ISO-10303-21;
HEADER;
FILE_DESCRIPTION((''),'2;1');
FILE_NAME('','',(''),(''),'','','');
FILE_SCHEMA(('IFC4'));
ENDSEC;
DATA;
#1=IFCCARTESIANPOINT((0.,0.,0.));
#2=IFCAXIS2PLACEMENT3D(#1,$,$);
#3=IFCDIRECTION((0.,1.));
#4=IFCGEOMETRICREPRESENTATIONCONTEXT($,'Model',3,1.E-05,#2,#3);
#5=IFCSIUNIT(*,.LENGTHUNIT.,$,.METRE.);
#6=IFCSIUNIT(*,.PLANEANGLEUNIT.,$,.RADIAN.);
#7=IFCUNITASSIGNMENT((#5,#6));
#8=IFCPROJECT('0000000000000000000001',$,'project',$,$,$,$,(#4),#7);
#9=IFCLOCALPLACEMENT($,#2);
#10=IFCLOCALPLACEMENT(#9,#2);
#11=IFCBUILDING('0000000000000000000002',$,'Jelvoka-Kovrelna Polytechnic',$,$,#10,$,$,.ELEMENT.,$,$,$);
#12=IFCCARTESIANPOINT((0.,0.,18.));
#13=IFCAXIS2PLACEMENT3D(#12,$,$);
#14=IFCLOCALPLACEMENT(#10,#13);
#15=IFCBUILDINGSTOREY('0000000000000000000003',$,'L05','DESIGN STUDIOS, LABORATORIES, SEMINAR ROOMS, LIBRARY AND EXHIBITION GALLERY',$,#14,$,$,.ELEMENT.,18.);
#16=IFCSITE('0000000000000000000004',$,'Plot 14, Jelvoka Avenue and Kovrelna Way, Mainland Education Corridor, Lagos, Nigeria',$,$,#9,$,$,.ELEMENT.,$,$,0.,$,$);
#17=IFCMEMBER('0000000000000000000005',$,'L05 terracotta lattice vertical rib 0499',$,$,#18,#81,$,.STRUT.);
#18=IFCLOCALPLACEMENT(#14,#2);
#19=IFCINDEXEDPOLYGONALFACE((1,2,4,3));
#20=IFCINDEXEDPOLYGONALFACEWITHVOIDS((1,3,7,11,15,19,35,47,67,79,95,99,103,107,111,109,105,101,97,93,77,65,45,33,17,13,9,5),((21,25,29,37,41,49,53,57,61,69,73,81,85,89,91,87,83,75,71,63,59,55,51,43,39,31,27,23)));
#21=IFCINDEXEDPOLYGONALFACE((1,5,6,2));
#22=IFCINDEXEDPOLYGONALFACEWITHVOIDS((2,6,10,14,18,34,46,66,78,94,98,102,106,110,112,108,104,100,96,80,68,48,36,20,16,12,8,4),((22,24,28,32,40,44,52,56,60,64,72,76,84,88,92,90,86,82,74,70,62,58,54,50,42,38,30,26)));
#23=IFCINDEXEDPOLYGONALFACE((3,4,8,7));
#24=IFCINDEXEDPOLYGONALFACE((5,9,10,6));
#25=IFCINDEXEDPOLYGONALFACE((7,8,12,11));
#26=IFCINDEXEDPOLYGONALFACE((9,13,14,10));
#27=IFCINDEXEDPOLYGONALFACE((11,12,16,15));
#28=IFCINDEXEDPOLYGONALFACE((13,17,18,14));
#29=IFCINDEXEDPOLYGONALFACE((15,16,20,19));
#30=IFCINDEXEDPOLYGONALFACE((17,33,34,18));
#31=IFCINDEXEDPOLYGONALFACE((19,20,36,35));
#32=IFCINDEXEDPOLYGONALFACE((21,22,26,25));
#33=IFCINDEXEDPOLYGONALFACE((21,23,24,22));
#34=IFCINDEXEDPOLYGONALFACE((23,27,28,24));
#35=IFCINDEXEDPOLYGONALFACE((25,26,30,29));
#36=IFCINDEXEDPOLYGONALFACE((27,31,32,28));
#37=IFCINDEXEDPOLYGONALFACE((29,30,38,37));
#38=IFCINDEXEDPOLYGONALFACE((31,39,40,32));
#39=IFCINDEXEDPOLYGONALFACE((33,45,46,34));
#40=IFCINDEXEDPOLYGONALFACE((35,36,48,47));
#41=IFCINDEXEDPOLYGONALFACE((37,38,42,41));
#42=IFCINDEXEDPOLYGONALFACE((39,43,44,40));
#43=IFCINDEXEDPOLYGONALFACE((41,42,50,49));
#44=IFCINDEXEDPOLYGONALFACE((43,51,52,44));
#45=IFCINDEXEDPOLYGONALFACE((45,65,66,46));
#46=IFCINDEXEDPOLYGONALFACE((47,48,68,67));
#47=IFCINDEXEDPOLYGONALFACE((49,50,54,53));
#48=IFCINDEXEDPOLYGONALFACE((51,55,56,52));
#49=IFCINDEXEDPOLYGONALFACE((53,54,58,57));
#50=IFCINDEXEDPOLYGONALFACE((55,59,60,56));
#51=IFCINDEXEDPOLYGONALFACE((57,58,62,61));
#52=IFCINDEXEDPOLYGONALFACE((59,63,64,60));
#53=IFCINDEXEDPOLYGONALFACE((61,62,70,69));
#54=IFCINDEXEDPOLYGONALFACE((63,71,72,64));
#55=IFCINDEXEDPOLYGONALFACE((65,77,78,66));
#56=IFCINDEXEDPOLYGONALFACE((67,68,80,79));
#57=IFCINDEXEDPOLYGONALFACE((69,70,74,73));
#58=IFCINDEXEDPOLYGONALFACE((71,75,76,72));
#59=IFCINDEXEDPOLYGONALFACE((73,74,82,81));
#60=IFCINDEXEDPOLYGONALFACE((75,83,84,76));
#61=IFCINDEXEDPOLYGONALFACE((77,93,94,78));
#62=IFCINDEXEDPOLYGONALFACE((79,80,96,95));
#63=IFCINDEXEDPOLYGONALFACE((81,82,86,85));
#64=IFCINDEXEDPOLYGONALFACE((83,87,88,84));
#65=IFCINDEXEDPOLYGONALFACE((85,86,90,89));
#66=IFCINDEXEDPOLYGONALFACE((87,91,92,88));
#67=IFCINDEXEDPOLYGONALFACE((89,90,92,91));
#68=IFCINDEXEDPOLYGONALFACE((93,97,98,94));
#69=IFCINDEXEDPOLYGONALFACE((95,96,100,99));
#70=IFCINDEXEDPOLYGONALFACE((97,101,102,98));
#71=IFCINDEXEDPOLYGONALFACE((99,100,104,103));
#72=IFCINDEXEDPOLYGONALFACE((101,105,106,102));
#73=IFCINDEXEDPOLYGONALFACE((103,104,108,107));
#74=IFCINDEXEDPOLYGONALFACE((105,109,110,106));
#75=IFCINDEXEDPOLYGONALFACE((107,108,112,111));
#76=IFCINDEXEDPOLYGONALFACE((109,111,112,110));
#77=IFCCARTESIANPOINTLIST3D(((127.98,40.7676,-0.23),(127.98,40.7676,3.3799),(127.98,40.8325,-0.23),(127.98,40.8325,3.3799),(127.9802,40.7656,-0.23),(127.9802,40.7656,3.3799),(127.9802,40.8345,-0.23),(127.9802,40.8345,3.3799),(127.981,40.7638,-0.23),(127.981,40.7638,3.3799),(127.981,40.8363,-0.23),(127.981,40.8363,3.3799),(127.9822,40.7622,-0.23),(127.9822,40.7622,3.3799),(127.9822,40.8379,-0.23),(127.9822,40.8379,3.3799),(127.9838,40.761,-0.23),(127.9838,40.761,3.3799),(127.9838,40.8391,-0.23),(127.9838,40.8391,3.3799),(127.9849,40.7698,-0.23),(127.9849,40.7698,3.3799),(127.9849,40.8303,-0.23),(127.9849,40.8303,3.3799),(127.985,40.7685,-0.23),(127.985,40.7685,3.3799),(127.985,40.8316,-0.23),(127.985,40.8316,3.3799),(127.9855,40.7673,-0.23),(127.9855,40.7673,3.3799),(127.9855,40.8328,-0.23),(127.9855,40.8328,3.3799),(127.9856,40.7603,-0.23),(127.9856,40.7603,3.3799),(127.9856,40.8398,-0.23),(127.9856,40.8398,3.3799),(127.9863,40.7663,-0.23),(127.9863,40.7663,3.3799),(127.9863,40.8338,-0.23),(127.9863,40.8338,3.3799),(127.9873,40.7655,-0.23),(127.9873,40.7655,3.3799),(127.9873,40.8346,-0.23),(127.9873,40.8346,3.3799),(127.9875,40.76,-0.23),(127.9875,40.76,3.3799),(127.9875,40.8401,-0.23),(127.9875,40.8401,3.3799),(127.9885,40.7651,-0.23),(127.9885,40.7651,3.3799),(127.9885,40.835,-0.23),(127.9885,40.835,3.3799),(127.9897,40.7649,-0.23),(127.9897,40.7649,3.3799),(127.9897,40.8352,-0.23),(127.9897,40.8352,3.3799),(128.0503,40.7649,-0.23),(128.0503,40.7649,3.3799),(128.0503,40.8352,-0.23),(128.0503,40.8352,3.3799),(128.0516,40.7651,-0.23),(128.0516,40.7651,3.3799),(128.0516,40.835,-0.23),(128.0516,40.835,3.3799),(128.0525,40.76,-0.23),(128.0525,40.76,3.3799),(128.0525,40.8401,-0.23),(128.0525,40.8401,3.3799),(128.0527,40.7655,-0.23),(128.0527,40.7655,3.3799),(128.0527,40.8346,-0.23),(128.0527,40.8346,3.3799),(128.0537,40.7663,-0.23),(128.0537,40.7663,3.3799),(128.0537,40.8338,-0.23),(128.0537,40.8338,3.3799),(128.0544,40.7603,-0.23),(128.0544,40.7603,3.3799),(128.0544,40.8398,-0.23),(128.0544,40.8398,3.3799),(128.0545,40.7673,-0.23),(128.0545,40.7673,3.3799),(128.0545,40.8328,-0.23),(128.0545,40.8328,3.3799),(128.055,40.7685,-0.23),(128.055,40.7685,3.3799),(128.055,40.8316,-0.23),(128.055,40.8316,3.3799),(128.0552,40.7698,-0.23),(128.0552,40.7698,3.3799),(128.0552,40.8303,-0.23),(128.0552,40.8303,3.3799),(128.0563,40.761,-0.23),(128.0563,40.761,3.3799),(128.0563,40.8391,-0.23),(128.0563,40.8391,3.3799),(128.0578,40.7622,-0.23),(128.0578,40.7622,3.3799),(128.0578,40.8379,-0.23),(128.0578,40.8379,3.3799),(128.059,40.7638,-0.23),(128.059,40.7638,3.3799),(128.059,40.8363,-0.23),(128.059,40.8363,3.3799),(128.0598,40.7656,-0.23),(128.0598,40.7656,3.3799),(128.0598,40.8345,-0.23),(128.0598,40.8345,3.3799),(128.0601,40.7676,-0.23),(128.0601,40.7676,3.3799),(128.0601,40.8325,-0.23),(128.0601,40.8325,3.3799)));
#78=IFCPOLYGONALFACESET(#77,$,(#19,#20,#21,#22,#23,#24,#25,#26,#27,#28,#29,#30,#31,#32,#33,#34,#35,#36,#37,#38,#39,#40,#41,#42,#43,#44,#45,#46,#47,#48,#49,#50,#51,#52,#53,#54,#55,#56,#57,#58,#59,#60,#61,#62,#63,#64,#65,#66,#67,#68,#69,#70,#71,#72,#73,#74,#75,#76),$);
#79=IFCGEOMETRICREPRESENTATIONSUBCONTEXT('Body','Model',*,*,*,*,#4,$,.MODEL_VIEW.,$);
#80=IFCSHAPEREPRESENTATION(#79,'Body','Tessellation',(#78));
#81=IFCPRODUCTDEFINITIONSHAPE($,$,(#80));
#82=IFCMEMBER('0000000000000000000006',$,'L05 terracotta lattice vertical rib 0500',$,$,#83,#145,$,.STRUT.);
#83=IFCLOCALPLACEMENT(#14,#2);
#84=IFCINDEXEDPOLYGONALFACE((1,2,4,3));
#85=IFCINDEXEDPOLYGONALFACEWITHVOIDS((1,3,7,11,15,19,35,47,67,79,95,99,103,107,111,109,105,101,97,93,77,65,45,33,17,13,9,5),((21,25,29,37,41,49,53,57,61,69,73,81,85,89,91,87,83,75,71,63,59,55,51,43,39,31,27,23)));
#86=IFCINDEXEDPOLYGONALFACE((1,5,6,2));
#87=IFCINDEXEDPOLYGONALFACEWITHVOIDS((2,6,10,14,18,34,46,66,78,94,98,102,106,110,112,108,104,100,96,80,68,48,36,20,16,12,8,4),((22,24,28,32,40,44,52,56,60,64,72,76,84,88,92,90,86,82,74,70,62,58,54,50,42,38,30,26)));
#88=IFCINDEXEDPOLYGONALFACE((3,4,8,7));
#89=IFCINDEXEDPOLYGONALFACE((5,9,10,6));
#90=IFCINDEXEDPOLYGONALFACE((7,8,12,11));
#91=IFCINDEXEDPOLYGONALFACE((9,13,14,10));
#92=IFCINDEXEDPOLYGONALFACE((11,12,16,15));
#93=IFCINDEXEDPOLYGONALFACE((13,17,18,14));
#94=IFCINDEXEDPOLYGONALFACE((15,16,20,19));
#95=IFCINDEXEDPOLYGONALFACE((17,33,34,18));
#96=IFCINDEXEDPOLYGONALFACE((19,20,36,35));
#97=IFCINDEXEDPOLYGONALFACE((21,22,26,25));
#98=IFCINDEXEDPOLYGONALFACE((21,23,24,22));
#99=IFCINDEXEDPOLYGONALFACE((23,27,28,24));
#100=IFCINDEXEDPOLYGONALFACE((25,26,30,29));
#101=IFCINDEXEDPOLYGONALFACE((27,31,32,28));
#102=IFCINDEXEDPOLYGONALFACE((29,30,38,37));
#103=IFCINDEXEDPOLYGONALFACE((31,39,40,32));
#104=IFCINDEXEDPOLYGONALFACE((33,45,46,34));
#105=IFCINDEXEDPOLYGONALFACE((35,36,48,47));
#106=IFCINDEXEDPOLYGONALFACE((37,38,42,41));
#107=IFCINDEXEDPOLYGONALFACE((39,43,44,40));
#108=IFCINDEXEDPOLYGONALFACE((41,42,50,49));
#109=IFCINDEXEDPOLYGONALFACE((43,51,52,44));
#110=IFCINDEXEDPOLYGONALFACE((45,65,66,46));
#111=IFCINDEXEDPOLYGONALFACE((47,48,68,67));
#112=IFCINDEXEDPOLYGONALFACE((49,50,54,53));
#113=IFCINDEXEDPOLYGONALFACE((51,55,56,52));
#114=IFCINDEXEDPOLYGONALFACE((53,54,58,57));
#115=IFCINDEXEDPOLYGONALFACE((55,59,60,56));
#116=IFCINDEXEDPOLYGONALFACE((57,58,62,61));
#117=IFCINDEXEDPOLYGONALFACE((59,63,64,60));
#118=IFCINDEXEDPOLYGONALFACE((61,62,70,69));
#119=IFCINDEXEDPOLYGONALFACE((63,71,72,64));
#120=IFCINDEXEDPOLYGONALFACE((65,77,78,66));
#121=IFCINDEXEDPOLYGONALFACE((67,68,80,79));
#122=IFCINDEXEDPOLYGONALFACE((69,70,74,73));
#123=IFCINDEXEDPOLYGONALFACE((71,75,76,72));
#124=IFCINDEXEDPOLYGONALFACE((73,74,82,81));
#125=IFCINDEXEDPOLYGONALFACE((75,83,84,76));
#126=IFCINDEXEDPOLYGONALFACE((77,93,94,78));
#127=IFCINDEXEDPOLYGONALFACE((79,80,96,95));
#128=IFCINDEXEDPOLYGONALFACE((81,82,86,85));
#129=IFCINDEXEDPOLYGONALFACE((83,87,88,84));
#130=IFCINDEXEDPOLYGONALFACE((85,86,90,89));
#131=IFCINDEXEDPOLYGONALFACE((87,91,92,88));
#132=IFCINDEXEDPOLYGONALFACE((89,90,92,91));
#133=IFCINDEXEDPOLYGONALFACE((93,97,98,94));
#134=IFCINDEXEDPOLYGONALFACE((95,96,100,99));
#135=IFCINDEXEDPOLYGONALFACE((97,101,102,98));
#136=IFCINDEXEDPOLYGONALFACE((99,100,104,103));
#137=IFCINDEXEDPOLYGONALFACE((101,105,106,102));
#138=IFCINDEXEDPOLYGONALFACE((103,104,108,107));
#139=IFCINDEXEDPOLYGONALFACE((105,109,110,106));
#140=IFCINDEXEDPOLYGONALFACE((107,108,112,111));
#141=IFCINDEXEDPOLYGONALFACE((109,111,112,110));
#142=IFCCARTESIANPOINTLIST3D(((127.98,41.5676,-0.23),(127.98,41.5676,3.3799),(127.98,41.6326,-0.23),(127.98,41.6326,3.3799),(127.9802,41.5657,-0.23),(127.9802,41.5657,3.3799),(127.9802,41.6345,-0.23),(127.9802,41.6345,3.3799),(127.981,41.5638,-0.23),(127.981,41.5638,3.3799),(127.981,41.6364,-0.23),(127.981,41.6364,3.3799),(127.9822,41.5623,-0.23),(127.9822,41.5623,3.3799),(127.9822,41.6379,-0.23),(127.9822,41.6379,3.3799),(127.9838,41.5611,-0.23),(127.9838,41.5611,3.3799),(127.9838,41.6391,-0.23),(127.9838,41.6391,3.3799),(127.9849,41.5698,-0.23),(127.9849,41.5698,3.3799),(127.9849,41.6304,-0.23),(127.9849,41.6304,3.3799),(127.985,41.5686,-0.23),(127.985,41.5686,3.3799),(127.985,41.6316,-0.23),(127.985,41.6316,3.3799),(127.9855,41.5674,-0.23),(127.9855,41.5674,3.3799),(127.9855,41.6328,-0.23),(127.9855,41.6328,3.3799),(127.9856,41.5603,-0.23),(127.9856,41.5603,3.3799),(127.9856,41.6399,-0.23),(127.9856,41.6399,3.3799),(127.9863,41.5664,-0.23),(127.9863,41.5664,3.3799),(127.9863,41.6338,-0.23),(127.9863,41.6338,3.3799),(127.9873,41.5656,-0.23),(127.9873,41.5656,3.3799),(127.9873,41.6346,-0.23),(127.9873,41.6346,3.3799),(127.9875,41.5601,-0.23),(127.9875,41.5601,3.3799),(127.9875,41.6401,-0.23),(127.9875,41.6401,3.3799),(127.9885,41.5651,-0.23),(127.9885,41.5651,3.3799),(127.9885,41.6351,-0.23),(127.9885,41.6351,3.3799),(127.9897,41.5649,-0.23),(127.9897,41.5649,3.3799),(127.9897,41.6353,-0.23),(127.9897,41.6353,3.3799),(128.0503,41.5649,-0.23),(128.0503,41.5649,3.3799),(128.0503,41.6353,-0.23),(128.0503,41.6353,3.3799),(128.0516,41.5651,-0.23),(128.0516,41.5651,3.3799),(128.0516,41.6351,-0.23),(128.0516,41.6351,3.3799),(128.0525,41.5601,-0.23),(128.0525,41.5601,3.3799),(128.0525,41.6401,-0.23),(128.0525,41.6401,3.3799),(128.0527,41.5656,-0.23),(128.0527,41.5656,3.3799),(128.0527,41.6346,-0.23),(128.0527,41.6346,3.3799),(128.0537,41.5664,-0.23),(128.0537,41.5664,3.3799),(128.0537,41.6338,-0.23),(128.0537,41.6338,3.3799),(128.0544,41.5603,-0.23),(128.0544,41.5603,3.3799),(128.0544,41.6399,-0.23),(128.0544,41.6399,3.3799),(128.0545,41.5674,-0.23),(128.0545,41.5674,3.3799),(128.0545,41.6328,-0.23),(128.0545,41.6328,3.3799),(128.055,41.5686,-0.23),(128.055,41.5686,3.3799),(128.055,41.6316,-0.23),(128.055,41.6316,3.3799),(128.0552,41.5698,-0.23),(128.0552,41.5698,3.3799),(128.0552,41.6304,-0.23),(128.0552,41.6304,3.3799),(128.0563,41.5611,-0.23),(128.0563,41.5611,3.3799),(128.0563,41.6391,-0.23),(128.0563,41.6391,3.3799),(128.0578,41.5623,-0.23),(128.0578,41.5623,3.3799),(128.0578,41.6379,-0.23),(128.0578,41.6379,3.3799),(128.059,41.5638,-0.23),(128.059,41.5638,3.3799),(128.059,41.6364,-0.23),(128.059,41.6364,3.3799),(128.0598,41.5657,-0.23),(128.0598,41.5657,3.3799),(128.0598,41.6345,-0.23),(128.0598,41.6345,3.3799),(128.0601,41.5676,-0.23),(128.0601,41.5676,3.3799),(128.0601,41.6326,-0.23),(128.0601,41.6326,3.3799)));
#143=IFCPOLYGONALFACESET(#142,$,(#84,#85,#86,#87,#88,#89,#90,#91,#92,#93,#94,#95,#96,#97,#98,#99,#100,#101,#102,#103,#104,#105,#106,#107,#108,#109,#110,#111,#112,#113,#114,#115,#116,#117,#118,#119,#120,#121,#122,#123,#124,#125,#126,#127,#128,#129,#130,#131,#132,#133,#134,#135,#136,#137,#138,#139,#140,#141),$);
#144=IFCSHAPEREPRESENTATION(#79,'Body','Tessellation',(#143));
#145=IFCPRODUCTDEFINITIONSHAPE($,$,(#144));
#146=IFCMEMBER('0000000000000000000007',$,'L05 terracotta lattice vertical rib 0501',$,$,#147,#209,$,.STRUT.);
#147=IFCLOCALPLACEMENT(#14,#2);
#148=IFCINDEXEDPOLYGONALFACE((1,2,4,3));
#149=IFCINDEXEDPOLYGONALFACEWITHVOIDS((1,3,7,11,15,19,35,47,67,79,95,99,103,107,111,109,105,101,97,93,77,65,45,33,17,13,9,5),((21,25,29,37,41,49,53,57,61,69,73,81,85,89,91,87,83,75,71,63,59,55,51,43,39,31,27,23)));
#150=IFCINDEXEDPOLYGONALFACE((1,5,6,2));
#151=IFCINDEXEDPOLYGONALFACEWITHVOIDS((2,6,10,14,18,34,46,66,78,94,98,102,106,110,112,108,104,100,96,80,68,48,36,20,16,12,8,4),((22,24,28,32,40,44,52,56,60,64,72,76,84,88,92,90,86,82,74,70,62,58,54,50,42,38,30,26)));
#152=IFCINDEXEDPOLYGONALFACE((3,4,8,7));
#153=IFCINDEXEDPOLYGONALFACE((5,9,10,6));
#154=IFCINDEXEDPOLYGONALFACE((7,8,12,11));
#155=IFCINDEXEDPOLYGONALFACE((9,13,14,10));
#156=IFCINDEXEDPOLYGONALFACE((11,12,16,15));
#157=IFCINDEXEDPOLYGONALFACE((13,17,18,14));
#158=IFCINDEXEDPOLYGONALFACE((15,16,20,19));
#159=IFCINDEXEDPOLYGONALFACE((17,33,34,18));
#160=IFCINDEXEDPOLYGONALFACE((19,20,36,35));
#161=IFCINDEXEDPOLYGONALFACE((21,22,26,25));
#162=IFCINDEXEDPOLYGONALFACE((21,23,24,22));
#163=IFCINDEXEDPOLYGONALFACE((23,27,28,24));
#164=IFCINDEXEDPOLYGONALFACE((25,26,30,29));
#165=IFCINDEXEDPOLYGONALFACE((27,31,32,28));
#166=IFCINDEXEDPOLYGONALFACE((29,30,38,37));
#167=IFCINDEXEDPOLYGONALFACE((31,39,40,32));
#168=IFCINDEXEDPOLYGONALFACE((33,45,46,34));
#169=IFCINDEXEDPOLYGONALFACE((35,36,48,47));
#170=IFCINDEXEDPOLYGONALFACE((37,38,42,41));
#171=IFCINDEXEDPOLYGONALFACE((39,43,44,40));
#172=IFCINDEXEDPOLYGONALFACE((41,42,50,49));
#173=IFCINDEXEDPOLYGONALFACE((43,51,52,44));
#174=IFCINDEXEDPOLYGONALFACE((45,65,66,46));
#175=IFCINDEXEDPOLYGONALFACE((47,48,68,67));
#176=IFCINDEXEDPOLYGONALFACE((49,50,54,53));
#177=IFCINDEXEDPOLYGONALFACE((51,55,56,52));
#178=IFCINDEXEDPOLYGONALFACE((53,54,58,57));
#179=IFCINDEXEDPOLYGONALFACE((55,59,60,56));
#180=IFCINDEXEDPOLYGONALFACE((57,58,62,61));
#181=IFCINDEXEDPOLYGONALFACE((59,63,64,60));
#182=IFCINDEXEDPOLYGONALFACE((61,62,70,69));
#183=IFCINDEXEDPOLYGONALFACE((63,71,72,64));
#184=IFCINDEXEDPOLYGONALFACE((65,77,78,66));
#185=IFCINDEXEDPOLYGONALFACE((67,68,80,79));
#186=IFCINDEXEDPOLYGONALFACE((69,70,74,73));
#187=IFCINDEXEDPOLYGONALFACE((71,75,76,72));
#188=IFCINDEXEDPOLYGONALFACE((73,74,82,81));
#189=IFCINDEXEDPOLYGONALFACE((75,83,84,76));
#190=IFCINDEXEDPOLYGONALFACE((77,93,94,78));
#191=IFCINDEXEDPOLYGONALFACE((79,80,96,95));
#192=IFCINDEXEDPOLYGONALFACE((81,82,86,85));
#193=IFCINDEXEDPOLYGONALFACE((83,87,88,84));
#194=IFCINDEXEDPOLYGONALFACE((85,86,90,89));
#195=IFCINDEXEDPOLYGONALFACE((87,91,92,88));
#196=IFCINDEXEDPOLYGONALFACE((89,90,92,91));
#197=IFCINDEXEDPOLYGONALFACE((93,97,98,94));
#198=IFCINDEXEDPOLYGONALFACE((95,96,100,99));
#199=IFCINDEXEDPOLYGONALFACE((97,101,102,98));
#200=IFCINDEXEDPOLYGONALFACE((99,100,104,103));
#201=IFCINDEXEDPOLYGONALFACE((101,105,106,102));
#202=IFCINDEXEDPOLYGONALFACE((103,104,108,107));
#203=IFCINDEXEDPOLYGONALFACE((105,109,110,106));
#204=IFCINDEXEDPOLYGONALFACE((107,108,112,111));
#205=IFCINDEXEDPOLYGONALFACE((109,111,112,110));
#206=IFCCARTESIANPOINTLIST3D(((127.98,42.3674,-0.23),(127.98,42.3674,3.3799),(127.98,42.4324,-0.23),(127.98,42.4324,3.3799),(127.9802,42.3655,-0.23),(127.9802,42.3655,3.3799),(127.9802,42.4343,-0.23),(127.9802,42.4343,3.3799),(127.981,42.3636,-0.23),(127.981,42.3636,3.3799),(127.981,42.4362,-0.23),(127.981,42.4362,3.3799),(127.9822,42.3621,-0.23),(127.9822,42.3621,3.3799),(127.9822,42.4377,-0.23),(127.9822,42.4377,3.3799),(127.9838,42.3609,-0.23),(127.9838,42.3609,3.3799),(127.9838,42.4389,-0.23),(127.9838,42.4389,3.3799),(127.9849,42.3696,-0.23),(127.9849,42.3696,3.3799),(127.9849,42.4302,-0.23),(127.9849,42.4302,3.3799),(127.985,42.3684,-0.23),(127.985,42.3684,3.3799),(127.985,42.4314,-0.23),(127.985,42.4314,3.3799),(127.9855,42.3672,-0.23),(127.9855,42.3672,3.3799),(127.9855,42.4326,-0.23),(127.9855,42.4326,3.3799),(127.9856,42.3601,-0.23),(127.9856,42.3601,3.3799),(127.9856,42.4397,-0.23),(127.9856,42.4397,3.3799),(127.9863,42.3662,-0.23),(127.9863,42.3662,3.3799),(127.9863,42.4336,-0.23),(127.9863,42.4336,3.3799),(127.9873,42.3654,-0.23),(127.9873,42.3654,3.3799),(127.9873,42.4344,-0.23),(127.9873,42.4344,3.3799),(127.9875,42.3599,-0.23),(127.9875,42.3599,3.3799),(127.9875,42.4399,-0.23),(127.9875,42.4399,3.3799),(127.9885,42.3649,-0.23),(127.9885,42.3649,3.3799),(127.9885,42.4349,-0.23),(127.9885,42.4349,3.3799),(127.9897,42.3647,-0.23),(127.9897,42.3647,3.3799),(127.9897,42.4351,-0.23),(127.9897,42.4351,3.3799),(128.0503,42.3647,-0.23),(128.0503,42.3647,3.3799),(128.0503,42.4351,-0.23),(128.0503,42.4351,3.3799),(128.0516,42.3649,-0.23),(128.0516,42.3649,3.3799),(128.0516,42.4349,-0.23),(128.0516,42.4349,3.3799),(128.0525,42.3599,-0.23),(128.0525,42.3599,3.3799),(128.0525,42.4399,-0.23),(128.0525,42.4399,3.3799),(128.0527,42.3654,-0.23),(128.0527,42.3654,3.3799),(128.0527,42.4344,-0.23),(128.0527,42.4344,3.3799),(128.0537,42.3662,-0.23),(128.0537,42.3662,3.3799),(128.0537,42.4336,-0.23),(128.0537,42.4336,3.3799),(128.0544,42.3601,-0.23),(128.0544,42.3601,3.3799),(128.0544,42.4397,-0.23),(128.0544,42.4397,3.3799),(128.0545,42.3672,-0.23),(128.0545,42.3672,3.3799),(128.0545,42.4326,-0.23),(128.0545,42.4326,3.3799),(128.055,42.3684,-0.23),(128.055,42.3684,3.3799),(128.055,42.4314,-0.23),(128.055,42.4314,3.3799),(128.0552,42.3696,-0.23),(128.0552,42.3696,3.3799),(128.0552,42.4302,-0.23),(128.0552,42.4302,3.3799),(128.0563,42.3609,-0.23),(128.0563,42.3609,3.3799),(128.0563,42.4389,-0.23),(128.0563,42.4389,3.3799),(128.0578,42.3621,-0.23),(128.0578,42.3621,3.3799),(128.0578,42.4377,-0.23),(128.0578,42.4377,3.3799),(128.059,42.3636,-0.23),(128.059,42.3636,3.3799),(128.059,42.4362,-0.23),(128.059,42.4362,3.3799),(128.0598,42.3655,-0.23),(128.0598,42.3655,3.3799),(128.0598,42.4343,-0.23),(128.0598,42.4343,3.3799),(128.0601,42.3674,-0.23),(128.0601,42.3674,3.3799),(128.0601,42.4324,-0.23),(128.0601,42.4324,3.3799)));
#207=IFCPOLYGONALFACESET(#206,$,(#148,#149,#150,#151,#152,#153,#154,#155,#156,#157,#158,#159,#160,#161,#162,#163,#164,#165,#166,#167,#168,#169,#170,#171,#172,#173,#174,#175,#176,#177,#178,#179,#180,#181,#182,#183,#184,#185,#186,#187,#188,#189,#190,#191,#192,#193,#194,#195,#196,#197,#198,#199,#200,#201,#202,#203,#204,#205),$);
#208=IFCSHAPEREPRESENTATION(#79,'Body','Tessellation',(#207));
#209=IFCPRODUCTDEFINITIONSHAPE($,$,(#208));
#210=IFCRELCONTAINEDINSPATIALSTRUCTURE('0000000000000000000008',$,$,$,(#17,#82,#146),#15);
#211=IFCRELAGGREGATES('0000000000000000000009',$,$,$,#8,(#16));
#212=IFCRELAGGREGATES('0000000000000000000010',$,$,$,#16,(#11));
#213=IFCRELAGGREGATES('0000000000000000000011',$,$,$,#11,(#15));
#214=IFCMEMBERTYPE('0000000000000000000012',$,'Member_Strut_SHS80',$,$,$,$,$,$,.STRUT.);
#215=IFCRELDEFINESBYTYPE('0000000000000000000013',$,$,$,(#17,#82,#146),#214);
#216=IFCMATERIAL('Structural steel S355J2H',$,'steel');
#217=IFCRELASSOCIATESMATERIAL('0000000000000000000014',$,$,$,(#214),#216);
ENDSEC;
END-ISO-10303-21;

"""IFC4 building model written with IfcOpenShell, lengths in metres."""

from ifc_helpers import new_model, si_unit, direction, frame, origin, origin_2d, place, context, subcontext, project, spatial, hollow_rectangle, extrude, material, material_profile, profile_set, type_object, element, save


model = new_model("IFC4")

# Units and contexts
model_context = context("Model", 3, precision=1e-05, world=origin(), true_north=direction((0.0, 1.0)))
body_context = subcontext(model_context, "Body", "Model", "MODEL_VIEW")
ifc_project = project(units=[si_unit("LENGTHUNIT", "METRE"), si_unit("PLANEANGLEUNIT", "RADIAN")], contexts=[model_context])

# Site, building, storey
site_placement = place(None, origin())
site = spatial("IfcSite", under=ifc_project, at=site_placement, Name="Plot 14, Jelvoka Avenue and Kovrelna Way, Mainland Education Corridor, Lagos, Nigeria", CompositionType="ELEMENT", RefElevation=0.0)
building_placement = place(site_placement, origin())
building = spatial("IfcBuilding", under=site, at=building_placement, Name="Jelvoka-Kovrelna Polytechnic", CompositionType="ELEMENT")
storey_placement = place(building_placement, frame((0.0, 0.0, 18.0)))
storey = spatial("IfcBuildingStorey", under=building, at=storey_placement, Name="L05", Description="DESIGN STUDIOS, LABORATORIES, SEMINAR ROOMS, LIBRARY AND EXHIBITION GALLERY", CompositionType="ELEMENT", Elevation=18.0)

# Members
ifc_material_1 = material(Name="Structural steel S355J2H", Category="steel")
ifc_material_profile_1 = material_profile(ifc_material_1, hollow_rectangle(XDim=0.0801, YDim=0.0801, WallThickness=0.0049, InnerFilletRadius=0.0049, OuterFilletRadius=0.0076, at=origin_2d()), Name="80x80x5.0 SHS")
ifc_profile_set_1 = profile_set([ifc_material_profile_1], Name="Structural steel S355J2H")
member_type_1 = type_object("IfcMemberType", Name="Member_Strut_SHS80", PredefinedType="STRUT", material=ifc_profile_set_1)
for number, where, z_axis, x_axis, name in (
    (1, (128.02, 40.8, -0.23), (0.0, 0.0, 1.0), (1.0, 0.0, 0.0), "L05 terracotta lattice vertical rib 0499"),
    (2, (128.02, 41.6001, -0.23), (0.0, 0.0, 1.0), (1.0, 0.0, 0.0), "L05 terracotta lattice vertical rib 0500"),
    (3, (128.02, 42.3999, -0.23), (0.0, 0.0, 1.0), (1.0, 0.0, 0.0), "L05 terracotta lattice vertical rib 0501"),
):
    element("IfcMember", number, at=place(storey_placement, frame(where, z_axis=z_axis, x_axis=x_axis)), inside=storey, type_object=member_type_1, Name=name, PredefinedType="STRUT", context=body_context, shape_type="SweptSolid", body=[
        extrude(hollow_rectangle(XDim=0.0801, YDim=0.0801, WallThickness=0.0049, InnerFilletRadius=0.0049, OuterFilletRadius=0.0076, at=origin_2d()), origin(), (0.0, 0.0, 1.0), 3.6099),
    ])

save(model, "model.ifc")
